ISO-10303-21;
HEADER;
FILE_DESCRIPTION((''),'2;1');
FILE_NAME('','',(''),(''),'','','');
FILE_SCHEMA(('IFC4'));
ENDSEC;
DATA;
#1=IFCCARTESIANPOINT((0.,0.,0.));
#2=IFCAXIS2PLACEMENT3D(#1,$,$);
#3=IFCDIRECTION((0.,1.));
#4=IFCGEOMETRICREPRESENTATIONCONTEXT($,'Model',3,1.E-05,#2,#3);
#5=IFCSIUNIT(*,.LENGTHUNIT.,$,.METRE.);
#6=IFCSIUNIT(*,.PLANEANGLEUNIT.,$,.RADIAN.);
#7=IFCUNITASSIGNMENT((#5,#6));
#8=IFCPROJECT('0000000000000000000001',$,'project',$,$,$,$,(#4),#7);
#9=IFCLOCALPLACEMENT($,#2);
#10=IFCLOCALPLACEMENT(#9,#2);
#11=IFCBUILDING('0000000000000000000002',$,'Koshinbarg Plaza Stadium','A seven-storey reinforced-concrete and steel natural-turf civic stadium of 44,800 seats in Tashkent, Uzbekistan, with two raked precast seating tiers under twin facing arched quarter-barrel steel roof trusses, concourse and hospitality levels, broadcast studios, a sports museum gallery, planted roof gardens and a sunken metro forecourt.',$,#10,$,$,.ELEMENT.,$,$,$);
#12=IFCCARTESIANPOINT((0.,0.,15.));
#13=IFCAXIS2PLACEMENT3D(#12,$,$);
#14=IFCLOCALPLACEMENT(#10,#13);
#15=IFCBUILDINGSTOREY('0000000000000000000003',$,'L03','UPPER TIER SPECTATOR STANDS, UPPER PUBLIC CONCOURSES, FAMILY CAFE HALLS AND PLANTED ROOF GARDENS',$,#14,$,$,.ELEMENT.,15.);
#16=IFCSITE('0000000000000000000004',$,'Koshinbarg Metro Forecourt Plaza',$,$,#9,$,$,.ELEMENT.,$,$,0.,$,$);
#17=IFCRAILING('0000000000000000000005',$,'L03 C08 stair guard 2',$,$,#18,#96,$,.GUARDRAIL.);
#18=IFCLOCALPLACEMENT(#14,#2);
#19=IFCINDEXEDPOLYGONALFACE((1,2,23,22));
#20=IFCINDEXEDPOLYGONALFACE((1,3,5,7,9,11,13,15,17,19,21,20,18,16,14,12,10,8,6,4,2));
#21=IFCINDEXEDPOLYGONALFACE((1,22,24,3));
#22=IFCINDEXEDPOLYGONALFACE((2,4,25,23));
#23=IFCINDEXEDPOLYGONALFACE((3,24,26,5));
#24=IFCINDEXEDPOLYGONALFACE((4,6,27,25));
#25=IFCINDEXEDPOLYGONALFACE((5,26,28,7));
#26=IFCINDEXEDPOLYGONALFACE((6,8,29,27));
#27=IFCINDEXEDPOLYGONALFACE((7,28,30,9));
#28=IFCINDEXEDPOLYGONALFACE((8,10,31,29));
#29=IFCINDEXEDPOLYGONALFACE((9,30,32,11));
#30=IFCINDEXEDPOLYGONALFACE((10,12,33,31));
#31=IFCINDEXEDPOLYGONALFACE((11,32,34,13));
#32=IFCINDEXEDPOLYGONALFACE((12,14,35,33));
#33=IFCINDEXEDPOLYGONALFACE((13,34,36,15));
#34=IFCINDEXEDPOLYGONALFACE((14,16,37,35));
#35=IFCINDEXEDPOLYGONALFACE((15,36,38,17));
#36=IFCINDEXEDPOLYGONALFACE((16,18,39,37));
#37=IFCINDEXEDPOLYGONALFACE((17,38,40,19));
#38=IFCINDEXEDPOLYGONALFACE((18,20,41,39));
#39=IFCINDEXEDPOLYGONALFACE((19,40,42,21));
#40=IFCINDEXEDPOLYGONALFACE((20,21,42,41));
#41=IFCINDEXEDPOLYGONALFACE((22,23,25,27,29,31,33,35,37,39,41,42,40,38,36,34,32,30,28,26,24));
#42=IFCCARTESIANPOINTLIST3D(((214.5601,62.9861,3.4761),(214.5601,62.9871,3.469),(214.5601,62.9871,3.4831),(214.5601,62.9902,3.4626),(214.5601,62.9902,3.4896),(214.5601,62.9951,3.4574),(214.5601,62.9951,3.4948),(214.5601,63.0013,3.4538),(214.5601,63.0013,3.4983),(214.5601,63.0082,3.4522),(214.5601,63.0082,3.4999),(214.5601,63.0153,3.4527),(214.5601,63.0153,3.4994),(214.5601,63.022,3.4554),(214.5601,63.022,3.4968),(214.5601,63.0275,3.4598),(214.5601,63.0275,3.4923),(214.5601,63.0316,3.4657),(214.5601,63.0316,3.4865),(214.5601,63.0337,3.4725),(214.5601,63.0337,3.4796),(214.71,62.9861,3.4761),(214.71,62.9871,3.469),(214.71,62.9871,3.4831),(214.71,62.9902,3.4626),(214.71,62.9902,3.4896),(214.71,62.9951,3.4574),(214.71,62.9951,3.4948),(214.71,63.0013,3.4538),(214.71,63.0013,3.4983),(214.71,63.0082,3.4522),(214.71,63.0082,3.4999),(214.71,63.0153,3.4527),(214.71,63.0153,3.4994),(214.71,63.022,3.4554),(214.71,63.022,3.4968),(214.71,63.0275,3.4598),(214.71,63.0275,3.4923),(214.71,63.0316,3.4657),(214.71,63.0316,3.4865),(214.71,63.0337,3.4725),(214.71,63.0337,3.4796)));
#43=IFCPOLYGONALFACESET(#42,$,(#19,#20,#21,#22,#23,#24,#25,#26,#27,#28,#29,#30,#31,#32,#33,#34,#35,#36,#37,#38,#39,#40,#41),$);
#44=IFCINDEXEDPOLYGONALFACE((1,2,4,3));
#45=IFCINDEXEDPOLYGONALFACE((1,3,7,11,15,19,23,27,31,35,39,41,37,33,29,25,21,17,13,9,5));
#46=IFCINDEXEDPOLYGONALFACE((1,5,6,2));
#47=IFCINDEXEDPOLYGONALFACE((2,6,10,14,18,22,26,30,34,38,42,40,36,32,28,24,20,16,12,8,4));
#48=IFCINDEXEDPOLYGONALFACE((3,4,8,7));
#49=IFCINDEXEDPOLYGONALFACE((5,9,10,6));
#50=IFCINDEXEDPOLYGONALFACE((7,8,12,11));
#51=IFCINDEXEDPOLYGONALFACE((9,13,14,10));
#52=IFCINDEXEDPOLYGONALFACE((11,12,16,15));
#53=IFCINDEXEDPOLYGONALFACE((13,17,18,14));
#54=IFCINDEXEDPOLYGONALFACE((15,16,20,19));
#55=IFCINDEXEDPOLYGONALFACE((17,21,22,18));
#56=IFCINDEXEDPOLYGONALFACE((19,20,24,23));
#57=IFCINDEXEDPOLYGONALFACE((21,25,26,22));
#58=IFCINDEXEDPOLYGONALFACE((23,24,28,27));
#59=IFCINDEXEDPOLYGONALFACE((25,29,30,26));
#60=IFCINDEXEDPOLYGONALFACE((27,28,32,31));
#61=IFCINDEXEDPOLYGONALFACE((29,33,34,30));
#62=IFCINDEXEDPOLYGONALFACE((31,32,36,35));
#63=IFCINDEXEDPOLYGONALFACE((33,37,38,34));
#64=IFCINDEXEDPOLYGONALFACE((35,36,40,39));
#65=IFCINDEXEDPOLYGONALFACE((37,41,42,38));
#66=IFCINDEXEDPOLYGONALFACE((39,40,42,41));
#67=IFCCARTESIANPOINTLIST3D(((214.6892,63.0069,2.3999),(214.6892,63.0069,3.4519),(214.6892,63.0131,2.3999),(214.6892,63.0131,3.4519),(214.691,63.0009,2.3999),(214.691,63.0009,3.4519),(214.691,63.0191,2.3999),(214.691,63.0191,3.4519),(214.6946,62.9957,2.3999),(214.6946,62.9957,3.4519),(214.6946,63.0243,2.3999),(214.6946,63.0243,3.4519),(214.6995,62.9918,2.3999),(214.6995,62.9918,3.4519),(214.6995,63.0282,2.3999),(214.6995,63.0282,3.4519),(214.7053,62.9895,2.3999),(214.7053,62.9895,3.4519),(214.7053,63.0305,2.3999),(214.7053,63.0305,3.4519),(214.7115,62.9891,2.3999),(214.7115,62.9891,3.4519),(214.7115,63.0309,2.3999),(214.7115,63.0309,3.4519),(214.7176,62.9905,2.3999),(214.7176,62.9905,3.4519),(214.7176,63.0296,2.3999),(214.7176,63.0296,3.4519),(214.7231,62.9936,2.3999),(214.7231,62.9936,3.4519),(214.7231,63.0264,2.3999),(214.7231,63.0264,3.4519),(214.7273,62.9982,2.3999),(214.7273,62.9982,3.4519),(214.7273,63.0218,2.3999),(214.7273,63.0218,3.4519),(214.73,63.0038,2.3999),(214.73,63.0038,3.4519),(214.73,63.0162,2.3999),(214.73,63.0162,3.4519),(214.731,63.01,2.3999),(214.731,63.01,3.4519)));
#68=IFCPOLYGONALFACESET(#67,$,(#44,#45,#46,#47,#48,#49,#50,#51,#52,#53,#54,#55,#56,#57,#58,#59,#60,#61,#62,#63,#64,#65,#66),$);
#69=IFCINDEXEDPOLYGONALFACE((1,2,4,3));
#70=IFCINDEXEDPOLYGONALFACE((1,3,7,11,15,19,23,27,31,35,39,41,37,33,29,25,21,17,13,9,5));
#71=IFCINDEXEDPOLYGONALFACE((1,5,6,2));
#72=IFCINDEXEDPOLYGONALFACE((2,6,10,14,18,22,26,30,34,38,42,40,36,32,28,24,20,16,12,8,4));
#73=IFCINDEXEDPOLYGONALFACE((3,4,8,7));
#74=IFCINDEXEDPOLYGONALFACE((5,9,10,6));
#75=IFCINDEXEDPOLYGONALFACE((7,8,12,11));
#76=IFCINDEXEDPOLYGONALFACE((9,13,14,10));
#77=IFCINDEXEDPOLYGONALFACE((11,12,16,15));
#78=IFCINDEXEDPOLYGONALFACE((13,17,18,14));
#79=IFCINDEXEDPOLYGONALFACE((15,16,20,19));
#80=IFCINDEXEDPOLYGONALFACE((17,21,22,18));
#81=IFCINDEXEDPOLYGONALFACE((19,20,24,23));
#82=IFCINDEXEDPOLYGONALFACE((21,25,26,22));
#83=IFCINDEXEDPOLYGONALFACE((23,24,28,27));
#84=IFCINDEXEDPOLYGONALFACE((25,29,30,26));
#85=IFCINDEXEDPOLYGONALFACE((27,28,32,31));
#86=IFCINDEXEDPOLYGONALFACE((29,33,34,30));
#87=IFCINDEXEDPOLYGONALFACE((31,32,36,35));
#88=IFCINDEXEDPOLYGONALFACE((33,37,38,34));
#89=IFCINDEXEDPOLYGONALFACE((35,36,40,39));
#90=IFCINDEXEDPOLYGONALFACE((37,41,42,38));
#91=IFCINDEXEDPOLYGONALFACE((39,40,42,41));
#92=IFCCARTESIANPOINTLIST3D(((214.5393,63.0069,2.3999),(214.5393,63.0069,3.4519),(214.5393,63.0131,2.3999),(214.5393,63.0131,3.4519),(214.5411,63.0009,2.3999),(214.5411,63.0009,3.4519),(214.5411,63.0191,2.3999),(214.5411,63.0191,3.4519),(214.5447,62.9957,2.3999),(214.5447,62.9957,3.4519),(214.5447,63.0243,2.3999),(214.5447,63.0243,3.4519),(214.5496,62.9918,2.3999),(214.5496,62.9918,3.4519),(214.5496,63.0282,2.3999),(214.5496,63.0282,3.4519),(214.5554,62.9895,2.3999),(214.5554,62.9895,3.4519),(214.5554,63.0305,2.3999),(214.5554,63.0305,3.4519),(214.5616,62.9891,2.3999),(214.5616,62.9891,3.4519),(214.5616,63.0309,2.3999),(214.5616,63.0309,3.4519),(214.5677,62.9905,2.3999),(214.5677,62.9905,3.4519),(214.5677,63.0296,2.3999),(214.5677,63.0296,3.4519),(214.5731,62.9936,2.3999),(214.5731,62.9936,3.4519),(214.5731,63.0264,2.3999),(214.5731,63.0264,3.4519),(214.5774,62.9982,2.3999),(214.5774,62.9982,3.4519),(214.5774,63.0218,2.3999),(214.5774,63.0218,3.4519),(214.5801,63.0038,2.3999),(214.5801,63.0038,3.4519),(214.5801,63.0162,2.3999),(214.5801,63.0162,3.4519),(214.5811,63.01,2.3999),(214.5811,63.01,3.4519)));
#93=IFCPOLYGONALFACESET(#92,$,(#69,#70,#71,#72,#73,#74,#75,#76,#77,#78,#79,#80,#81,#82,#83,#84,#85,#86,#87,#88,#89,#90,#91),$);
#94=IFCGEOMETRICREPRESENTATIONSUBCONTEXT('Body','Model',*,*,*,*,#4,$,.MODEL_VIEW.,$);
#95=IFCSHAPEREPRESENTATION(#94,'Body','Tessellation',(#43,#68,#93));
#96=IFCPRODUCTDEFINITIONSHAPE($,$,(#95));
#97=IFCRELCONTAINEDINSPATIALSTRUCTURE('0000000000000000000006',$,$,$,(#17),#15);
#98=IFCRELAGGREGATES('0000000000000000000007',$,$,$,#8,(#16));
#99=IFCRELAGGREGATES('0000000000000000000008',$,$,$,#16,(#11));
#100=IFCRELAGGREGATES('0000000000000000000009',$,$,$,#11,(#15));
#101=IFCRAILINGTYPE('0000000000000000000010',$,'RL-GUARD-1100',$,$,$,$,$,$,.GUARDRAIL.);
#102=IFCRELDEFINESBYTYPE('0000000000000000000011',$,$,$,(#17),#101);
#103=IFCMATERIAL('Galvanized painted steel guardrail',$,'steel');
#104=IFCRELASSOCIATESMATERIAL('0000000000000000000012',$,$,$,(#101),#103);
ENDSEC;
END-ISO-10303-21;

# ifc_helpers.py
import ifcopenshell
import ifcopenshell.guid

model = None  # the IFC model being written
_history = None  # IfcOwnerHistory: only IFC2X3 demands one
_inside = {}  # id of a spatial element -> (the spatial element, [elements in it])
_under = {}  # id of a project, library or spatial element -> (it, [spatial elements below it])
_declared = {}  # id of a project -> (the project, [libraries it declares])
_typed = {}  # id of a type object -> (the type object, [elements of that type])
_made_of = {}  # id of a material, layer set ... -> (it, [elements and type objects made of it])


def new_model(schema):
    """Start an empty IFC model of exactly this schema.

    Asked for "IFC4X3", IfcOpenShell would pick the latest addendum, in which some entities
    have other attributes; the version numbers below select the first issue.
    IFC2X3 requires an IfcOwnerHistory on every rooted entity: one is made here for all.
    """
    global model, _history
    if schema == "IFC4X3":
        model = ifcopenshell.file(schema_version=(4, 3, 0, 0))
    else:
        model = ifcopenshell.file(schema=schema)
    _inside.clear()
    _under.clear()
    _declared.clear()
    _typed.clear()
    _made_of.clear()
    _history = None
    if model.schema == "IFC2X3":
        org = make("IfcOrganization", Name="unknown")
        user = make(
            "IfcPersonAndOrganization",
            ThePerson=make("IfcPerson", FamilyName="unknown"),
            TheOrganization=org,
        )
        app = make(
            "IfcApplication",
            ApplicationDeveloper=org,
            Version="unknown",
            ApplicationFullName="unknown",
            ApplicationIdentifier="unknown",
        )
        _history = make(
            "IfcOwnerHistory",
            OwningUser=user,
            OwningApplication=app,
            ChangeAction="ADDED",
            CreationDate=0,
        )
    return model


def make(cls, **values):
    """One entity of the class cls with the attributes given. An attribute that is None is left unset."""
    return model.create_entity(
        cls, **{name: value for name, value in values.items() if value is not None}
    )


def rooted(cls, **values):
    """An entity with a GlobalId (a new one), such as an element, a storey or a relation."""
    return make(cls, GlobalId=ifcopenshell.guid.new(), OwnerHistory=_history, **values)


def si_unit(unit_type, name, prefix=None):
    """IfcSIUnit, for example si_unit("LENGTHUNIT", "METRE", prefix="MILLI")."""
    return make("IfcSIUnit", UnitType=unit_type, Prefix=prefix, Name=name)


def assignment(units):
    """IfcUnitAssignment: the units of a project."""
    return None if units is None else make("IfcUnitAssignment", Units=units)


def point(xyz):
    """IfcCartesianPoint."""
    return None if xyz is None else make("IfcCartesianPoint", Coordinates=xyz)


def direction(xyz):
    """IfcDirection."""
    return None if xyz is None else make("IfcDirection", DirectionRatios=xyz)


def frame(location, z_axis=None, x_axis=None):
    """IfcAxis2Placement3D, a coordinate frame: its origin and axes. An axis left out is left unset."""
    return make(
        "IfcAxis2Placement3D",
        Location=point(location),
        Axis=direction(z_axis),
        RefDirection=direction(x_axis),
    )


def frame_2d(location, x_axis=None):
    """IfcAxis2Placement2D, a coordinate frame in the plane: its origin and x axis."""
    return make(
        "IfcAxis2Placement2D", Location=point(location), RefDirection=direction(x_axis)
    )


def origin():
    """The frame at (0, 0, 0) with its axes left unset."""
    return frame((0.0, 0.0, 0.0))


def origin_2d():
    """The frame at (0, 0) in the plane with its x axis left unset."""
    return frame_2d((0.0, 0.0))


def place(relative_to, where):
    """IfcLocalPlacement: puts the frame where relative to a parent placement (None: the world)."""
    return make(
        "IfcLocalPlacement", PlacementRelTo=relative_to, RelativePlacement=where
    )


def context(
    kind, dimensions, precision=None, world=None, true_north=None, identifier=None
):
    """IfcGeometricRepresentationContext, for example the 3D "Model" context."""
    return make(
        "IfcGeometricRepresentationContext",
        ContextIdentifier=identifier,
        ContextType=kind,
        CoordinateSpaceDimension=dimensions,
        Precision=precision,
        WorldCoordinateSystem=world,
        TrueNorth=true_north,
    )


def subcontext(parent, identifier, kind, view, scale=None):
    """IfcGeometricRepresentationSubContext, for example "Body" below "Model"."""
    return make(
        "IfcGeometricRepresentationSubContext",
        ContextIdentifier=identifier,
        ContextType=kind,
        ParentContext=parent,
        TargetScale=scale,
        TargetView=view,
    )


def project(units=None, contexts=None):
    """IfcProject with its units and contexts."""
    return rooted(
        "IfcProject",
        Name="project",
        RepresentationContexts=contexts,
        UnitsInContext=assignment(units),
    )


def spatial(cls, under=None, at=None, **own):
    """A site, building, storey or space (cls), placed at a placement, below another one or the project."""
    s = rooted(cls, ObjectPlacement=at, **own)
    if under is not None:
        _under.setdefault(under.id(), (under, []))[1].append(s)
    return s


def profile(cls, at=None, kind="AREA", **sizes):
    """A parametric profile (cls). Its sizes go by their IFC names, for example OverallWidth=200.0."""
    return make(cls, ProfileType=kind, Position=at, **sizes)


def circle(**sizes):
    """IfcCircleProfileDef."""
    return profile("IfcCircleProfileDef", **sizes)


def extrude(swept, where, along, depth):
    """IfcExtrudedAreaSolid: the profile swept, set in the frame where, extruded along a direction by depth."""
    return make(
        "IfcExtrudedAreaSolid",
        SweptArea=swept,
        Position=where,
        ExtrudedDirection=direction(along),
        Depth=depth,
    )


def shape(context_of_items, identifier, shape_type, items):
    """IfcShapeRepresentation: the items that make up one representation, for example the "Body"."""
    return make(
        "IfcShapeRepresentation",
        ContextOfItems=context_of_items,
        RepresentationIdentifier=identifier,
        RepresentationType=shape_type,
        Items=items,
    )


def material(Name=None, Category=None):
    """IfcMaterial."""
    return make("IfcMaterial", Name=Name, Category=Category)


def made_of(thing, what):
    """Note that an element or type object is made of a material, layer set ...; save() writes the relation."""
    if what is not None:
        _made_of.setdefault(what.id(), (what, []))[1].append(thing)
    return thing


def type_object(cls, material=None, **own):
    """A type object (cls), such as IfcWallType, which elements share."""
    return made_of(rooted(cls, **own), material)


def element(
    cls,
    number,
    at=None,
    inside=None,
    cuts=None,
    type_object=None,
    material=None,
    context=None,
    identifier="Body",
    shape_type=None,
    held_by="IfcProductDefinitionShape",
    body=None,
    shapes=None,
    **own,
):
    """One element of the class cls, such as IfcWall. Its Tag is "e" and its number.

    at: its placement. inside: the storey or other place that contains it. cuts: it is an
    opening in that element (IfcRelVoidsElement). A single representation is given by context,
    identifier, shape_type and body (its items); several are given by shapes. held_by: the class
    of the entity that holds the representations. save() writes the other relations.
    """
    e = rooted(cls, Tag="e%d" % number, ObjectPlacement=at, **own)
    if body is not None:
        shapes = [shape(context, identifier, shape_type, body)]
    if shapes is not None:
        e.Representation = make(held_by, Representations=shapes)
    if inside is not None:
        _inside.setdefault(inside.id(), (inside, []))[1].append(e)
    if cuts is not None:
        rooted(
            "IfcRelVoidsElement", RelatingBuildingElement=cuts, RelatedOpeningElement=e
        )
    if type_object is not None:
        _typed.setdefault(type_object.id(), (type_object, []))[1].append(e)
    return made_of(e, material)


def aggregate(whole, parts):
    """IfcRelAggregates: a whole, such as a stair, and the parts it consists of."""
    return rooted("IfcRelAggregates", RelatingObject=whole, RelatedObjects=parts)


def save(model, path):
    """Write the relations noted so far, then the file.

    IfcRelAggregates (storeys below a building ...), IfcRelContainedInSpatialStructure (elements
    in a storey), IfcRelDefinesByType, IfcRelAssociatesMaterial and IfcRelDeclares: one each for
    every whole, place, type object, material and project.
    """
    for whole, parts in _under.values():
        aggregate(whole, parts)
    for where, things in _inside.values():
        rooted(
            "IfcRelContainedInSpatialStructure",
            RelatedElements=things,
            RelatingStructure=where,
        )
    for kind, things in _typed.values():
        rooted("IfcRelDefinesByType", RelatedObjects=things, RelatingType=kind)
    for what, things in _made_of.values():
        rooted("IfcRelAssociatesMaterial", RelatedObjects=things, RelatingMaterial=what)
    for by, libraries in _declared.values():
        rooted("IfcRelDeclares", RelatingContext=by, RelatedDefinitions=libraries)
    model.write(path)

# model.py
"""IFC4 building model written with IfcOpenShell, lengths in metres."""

from ifc_helpers import new_model, si_unit, direction, frame, origin, origin_2d, place, context, subcontext, project, spatial, circle, extrude, material, type_object, element, save


model = new_model("IFC4")

# Units and contexts
model_context = context("Model", 3, precision=1e-05, world=origin(), true_north=direction((0.0, 1.0)))
body_context = subcontext(model_context, "Body", "Model", "MODEL_VIEW")
ifc_project = project(units=[si_unit("LENGTHUNIT", "METRE"), si_unit("PLANEANGLEUNIT", "RADIAN")], contexts=[model_context])

# Site, building, storey
site_placement = place(None, origin())
site = spatial("IfcSite", under=ifc_project, at=site_placement, Name="Koshinbarg Metro Forecourt Plaza", CompositionType="ELEMENT", RefElevation=0.0)
building_placement = place(site_placement, origin())
building = spatial("IfcBuilding", under=site, at=building_placement, Name="Koshinbarg Plaza Stadium", Description="A seven-storey reinforced-concrete and steel natural-turf civic stadium of 44,800 seats in Tashkent, Uzbekistan, with two raked precast seating tiers under twin facing arched quarter-barrel steel roof trusses, concourse and hospitality levels, broadcast studios, a sports museum gallery, planted roof gardens and a sunken metro forecourt.", CompositionType="ELEMENT")
storey_placement = place(building_placement, frame((0.0, 0.0, 15.0)))
storey = spatial("IfcBuildingStorey", under=building, at=storey_placement, Name="L03", Description="UPPER TIER SPECTATOR STANDS, UPPER PUBLIC CONCOURSES, FAMILY CAFE HALLS AND PLANTED ROOF GARDENS", CompositionType="ELEMENT", Elevation=15.0)

# Railing
ifc_material_1 = material(Name="Galvanized painted steel guardrail", Category="steel")
railing_type_1 = type_object("IfcRailingType", Name="RL-GUARD-1100", PredefinedType="GUARDRAIL", material=ifc_material_1)
railing_1_placement = place(storey_placement, frame((214.71, 63.01, 2.3999)))
element("IfcRailing", 1, at=railing_1_placement, inside=storey, type_object=railing_type_1, Name="L03 C08 stair guard 2", PredefinedType="GUARDRAIL", context=body_context, shape_type="SweptSolid", body=[
    extrude(circle(Radius=0.0239, at=origin_2d()), frame((0.0, 0.0, 1.0762), z_axis=(-1.0, 0.0, 0.0), x_axis=(0.0, -1.0, 0.0)), (0.0, 0.0, 1.0), 0.1499),
    extrude(circle(Radius=0.021, at=origin_2d()), origin(), (0.0, 0.0, 1.0), 1.052),
    extrude(circle(Radius=0.021, at=origin_2d()), frame((-0.1499, 0.0, 0.0)), (0.0, 0.0, 1.0), 1.052),
])

save(model, "model.ifc")
